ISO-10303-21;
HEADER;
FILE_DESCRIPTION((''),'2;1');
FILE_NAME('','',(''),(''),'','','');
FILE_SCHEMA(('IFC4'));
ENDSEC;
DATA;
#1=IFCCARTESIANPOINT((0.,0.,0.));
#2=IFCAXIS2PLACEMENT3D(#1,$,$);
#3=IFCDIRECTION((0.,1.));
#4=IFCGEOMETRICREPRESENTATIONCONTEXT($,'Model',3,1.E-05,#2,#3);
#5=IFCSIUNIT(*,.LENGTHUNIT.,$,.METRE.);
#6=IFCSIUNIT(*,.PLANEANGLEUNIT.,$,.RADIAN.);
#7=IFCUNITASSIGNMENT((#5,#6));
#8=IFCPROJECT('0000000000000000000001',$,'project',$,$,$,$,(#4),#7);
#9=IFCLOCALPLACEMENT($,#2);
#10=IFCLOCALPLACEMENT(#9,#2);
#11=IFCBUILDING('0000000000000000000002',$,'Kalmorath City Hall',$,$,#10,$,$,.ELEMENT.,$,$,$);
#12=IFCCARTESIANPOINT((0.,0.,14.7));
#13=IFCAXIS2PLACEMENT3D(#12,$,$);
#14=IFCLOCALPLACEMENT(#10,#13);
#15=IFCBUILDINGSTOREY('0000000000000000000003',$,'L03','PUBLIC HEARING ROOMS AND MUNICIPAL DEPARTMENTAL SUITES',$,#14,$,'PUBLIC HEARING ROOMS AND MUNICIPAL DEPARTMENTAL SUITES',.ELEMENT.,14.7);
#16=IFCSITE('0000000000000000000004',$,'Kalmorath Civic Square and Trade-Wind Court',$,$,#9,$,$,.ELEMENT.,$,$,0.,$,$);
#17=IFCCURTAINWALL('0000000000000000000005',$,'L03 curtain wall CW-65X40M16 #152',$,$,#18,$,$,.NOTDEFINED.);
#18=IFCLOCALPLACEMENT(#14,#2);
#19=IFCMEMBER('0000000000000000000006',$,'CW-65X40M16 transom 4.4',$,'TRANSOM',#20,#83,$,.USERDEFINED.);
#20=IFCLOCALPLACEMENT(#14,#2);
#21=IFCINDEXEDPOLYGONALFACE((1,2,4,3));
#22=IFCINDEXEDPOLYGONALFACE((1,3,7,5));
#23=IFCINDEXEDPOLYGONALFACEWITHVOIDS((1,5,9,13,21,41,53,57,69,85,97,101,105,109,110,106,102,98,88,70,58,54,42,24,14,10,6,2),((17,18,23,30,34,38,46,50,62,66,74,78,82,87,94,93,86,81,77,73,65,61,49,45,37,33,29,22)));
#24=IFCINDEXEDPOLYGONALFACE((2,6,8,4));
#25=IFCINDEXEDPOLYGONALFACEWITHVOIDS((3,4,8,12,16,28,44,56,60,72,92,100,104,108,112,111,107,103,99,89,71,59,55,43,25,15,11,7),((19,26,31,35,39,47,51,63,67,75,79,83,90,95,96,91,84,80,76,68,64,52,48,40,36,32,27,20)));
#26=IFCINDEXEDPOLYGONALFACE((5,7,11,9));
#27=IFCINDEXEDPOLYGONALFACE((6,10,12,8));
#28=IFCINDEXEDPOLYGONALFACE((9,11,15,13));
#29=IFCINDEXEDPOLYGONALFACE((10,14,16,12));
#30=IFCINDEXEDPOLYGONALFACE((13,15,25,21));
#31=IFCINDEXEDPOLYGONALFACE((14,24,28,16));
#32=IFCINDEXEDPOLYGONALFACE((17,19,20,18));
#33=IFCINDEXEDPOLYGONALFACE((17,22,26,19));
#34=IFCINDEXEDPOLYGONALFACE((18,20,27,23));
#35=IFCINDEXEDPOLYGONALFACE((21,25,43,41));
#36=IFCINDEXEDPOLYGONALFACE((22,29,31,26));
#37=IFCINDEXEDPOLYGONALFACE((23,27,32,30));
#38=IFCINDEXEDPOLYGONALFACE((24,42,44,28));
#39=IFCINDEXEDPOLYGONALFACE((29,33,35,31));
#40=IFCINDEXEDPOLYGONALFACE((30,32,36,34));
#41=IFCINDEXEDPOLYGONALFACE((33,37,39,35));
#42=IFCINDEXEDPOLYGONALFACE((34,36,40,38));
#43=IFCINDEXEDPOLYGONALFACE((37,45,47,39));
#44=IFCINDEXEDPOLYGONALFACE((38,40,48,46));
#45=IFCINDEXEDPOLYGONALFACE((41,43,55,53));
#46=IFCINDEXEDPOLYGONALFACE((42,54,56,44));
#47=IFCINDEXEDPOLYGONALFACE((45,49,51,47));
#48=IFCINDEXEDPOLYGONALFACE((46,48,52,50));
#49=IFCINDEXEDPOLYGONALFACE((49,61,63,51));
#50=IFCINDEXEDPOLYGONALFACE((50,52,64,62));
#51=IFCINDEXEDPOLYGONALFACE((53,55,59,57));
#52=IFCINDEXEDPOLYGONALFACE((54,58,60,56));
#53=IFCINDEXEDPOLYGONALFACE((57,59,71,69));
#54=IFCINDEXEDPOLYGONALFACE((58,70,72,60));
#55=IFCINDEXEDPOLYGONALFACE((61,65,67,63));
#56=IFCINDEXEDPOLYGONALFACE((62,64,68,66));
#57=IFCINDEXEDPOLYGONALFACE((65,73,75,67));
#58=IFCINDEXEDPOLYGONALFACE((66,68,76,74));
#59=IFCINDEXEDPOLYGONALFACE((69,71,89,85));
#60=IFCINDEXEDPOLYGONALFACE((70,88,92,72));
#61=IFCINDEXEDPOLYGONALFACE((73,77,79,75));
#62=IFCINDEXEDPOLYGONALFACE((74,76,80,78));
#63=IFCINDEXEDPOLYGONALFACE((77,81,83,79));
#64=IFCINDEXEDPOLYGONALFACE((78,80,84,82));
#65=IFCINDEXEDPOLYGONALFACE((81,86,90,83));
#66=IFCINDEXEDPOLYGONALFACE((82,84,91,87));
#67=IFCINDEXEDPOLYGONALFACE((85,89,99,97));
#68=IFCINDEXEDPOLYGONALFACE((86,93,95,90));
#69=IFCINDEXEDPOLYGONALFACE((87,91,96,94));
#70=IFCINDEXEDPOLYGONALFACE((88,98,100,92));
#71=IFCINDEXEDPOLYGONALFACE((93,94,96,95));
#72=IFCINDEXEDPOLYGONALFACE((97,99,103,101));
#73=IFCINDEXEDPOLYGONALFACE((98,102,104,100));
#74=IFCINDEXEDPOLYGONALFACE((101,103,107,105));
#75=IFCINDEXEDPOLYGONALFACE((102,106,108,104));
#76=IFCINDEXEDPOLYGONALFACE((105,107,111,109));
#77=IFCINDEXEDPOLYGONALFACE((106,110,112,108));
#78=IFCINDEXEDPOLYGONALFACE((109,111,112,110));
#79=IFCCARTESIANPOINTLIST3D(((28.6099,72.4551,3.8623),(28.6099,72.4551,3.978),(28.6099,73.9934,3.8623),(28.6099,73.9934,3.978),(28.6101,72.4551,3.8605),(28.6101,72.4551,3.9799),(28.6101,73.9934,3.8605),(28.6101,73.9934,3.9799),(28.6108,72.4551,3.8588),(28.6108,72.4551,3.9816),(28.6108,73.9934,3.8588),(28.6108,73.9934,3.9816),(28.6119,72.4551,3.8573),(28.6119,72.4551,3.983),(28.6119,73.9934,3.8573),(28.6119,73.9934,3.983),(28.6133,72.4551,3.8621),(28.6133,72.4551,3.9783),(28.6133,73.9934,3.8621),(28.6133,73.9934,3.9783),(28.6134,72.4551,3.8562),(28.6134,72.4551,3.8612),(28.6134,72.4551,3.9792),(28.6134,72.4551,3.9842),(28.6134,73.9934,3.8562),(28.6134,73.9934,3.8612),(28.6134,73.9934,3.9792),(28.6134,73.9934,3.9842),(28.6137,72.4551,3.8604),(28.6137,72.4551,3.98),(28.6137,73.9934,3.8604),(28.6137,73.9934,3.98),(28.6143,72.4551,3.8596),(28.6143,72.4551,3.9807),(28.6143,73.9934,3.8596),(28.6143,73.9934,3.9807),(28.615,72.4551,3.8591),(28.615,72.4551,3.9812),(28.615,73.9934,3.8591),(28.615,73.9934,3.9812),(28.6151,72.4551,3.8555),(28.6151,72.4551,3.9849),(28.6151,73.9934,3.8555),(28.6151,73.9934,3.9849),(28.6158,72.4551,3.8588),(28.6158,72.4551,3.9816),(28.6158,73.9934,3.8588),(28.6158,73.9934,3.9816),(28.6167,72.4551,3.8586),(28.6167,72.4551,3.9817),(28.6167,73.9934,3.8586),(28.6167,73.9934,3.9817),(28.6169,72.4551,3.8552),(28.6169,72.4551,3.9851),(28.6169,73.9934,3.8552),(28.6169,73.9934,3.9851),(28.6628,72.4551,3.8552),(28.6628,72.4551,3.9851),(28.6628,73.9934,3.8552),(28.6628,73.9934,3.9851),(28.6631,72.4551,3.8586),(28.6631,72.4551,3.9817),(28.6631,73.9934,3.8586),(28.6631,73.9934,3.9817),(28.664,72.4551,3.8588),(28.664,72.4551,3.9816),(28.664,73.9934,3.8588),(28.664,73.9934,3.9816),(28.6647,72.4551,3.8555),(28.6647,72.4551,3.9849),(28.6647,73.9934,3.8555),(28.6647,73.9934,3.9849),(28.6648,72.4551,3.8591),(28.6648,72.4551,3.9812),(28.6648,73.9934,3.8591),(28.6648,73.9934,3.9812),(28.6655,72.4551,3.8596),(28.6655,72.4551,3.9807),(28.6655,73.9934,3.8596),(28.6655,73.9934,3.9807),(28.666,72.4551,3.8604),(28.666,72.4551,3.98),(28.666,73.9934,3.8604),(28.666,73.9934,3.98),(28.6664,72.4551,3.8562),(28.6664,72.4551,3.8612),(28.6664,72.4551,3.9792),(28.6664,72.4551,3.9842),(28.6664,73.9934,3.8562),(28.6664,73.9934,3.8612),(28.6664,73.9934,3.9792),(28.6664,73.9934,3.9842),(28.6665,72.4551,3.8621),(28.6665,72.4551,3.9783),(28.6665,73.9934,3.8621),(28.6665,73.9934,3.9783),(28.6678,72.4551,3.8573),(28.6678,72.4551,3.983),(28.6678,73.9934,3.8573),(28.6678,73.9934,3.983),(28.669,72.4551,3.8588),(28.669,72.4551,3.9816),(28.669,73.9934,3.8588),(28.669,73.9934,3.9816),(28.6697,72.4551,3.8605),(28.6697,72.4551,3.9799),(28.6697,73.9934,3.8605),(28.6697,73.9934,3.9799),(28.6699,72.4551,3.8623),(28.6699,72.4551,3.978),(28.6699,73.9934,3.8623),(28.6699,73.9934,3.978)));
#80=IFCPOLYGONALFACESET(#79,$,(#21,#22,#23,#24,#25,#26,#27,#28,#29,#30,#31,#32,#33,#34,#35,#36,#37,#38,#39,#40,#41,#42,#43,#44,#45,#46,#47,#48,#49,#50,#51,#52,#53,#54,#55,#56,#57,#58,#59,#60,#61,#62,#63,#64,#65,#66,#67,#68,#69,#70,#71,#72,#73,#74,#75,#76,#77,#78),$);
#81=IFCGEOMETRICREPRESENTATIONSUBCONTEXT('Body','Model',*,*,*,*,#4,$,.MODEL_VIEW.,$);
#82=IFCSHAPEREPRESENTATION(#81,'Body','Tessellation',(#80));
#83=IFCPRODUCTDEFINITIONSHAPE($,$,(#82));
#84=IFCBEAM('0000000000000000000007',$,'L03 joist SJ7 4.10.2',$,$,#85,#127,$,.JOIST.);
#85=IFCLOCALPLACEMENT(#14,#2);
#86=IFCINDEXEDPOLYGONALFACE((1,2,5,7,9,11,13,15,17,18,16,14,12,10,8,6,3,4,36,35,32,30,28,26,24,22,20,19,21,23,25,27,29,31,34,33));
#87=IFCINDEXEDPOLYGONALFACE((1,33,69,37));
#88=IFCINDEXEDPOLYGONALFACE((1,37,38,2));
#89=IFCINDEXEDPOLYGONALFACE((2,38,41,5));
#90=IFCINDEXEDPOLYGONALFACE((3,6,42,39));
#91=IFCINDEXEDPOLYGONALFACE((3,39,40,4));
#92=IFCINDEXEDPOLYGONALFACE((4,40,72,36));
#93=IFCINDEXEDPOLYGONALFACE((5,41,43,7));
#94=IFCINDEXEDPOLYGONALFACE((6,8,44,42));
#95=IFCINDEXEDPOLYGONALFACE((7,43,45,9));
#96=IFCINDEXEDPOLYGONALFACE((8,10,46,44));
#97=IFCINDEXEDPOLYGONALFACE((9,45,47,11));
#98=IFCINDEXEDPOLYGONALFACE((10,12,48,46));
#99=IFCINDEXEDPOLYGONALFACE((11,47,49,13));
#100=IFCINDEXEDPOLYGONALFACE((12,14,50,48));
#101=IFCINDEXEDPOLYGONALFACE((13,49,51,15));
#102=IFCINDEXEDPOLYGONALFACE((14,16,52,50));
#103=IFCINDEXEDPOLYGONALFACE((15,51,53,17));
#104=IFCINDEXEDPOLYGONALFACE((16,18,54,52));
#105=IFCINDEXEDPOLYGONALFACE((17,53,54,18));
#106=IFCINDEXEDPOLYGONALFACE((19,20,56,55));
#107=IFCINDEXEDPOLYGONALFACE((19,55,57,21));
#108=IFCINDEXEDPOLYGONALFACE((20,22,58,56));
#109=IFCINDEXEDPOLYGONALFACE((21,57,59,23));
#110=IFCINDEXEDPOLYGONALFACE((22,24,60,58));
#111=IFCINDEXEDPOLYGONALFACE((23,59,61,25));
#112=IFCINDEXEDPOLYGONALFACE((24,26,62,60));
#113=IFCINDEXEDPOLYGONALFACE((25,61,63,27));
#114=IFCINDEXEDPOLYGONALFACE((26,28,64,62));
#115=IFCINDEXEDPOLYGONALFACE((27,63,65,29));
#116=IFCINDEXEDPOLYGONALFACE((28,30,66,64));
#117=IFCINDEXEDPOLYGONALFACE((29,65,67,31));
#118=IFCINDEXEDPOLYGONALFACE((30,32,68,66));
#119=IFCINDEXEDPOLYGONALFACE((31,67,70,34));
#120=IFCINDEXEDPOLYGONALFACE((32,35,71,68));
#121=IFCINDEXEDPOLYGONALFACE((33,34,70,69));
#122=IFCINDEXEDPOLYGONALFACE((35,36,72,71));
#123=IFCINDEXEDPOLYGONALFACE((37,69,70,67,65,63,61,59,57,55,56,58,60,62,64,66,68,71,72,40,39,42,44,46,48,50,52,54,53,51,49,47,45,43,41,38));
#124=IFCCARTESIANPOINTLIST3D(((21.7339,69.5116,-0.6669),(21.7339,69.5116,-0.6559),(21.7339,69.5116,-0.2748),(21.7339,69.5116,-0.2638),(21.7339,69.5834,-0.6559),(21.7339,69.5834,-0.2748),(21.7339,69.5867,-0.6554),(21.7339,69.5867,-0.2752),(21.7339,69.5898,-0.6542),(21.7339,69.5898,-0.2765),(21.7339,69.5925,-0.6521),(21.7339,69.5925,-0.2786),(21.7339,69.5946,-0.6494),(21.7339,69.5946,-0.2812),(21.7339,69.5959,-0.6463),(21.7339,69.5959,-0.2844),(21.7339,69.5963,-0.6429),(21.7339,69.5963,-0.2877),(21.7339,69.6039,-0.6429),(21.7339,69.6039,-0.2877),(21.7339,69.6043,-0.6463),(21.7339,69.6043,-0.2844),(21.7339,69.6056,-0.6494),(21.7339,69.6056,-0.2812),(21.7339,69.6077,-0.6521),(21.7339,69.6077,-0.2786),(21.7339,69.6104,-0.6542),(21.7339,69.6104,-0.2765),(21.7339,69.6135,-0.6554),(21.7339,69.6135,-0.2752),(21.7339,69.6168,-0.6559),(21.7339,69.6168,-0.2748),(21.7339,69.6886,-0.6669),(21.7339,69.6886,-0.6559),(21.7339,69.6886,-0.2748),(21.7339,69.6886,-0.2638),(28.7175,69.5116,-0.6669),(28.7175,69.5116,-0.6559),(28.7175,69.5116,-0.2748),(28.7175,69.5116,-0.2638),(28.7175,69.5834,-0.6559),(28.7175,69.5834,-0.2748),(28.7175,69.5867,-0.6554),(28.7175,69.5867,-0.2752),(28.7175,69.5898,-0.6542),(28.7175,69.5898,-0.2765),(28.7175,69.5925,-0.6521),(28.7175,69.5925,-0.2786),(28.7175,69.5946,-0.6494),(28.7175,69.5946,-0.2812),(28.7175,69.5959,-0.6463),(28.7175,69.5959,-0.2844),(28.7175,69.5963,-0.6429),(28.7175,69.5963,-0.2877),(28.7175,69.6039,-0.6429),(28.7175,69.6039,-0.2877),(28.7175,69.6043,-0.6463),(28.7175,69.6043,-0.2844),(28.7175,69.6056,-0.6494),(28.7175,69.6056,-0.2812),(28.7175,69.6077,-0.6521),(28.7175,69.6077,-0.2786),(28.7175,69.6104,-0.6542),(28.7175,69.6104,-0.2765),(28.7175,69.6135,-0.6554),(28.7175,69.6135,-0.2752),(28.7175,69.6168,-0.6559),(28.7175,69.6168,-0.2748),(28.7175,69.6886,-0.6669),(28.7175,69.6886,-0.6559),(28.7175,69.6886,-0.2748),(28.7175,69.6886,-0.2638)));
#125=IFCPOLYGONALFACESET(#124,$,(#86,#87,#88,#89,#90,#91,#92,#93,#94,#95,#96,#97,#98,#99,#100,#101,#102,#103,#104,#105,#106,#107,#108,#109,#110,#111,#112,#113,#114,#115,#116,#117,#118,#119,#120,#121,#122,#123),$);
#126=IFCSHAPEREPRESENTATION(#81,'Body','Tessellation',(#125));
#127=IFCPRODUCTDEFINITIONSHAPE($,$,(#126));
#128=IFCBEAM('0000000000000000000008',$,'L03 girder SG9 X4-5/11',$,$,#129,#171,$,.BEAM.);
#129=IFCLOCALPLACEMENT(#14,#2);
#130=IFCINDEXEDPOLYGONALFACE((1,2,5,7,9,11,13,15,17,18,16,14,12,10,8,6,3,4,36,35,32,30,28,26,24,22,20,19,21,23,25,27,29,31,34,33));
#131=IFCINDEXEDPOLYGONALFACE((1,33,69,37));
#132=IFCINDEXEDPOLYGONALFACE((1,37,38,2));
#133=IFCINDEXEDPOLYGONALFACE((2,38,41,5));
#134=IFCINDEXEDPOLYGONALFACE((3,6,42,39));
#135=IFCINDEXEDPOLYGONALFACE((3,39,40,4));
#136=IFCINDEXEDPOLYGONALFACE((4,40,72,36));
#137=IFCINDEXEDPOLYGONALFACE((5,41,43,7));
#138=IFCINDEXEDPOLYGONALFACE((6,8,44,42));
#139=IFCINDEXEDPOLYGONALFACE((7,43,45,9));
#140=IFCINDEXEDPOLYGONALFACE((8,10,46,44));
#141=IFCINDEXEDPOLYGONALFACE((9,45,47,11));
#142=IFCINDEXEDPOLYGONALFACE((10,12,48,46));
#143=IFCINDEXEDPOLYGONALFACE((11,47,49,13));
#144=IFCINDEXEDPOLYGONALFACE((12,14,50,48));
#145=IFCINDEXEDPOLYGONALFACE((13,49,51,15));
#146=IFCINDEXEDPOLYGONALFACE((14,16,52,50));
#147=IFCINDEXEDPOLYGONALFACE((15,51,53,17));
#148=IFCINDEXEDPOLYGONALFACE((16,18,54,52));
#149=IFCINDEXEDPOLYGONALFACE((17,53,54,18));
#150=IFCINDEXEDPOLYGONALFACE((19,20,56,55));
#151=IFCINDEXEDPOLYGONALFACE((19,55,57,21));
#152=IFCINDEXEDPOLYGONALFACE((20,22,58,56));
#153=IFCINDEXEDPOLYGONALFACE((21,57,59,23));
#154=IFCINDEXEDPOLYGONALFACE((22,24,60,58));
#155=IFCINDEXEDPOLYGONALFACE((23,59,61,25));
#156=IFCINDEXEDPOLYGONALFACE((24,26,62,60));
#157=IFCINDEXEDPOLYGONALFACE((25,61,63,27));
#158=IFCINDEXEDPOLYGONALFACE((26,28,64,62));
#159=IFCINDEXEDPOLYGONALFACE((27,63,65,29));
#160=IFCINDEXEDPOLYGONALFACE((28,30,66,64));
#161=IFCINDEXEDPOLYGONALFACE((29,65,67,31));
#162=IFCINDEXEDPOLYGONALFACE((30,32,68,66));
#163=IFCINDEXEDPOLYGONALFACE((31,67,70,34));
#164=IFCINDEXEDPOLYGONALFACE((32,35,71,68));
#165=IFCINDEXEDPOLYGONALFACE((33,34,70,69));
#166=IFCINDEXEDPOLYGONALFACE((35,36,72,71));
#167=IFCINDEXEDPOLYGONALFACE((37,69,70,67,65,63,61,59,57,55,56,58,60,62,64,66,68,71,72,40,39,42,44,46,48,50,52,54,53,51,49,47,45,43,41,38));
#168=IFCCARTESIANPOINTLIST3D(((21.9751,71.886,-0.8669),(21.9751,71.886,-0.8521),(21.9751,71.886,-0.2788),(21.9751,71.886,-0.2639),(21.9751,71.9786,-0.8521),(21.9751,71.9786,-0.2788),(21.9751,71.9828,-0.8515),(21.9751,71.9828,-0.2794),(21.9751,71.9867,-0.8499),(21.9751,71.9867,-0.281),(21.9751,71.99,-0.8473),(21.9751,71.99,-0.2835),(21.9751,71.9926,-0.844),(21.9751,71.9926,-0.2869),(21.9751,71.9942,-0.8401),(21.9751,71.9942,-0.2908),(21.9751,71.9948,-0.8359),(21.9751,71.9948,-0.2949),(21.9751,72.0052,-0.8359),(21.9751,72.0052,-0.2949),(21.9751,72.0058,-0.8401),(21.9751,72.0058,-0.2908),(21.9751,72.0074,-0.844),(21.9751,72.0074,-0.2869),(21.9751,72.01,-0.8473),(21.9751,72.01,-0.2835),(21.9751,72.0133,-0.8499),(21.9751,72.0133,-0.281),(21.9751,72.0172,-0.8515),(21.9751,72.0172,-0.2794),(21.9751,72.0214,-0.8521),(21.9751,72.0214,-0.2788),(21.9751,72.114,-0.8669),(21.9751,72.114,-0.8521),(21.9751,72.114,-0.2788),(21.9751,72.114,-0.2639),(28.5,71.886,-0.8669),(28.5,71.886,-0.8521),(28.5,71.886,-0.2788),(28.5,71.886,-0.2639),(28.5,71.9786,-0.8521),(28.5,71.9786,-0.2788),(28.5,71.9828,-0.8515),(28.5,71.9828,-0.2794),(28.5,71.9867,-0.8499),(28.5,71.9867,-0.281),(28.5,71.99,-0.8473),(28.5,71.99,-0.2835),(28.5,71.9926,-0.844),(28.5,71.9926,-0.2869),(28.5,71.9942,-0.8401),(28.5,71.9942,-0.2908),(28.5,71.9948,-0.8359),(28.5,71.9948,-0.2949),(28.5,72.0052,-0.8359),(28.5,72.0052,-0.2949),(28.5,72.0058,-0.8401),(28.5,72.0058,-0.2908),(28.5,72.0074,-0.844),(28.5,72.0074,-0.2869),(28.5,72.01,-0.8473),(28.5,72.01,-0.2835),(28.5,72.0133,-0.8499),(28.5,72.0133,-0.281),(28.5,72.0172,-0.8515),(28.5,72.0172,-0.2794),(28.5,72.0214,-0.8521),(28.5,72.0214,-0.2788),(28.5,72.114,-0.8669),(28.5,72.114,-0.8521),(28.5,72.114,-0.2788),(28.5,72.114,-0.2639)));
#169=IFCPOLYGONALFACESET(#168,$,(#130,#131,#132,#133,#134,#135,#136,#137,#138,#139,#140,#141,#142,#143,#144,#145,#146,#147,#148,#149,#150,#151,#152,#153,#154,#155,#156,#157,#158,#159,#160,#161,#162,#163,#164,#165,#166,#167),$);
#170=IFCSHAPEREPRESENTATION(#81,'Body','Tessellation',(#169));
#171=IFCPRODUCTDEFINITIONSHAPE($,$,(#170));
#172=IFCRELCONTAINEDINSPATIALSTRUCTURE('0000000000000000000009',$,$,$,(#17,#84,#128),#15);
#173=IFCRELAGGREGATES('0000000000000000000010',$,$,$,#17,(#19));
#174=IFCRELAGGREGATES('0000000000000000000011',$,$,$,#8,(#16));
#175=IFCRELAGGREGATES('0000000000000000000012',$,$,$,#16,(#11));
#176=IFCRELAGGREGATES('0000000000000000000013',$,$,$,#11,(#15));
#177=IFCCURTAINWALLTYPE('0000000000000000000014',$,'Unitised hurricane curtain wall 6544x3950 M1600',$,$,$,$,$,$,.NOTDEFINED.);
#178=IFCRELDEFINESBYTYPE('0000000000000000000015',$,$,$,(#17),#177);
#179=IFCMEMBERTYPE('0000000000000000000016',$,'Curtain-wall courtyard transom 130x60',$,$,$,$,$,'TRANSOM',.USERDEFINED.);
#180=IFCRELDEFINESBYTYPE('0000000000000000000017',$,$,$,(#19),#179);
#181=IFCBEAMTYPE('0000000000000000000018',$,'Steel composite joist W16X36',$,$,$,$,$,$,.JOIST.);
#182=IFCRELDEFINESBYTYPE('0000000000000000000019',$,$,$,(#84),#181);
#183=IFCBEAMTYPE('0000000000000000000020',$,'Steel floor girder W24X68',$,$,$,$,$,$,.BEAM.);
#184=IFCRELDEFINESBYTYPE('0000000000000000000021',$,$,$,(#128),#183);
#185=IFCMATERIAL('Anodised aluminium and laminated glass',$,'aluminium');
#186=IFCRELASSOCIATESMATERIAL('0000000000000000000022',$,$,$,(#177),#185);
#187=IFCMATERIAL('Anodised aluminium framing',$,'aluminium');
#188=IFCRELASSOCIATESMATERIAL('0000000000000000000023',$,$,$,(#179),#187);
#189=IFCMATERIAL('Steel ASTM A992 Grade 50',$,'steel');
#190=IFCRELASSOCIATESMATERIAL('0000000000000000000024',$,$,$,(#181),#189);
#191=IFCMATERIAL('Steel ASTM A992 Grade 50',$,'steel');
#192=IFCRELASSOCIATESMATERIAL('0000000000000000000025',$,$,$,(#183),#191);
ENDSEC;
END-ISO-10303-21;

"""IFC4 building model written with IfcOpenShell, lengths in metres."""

from ifc_helpers import new_model, si_unit, direction, frame, origin, origin_2d, place, context, subcontext, project, spatial, hollow_rectangle, i_section, extrude, material, material_profile, profile_set, type_object, element, aggregate, save


model = new_model("IFC4")

# Units and contexts
model_context = context("Model", 3, precision=1e-05, world=origin(), true_north=direction((0.0, 1.0)))
body_context = subcontext(model_context, "Body", "Model", "MODEL_VIEW")
ifc_project = project(units=[si_unit("LENGTHUNIT", "METRE"), si_unit("PLANEANGLEUNIT", "RADIAN")], contexts=[model_context])

# Site, building, storey
site_placement = place(None, origin())
site = spatial("IfcSite", under=ifc_project, at=site_placement, Name="Kalmorath Civic Square and Trade-Wind Court", CompositionType="ELEMENT", RefElevation=0.0)
building_placement = place(site_placement, origin())
building = spatial("IfcBuilding", under=site, at=building_placement, Name="Kalmorath City Hall", CompositionType="ELEMENT")
storey_placement = place(building_placement, frame((0.0, 0.0, 14.7)))
storey = spatial("IfcBuildingStorey", under=building, at=storey_placement, Name="L03", Description="PUBLIC HEARING ROOMS AND MUNICIPAL DEPARTMENTAL SUITES", LongName="PUBLIC HEARING ROOMS AND MUNICIPAL DEPARTMENTAL SUITES", CompositionType="ELEMENT", Elevation=14.7)

# Curtain wall, member
ifc_material_1 = material(Name="Anodised aluminium and laminated glass", Category="aluminium")
curtain_wall_type = type_object("IfcCurtainWallType", Name="Unitised hurricane curtain wall 6544x3950 M1600", PredefinedType="NOTDEFINED", material=ifc_material_1)
curtain_wall_placement = place(storey_placement, origin())
curtain_wall = element("IfcCurtainWall", 1, at=curtain_wall_placement, inside=storey, type_object=curtain_wall_type, Name="L03 curtain wall CW-65X40M16 #152", PredefinedType="NOTDEFINED")
ifc_material_2 = material(Name="Anodised aluminium framing", Category="aluminium")
ifc_material_profile_1 = material_profile(ifc_material_2, hollow_rectangle(XDim=0.0601, YDim=0.1299, WallThickness=0.0034, InnerFilletRadius=0.0034, OuterFilletRadius=0.0071, at=origin_2d()), Name="ALU-TRN-130X60X3.5")
ifc_profile_set_1 = profile_set([ifc_material_profile_1], Name="Anodised aluminium framing")
member_type_1 = type_object("IfcMemberType", Name="Curtain-wall courtyard transom 130x60", ElementType="TRANSOM", PredefinedType="USERDEFINED", material=ifc_profile_set_1)
member_1_placement = place(storey_placement, frame((28.6399, 73.9934, 3.9202), z_axis=(0.0, -1.0, 0.0), x_axis=(1.0, 0.0, 0.0)))
member_1 = element("IfcMember", 2, at=member_1_placement, type_object=member_type_1, Name="CW-65X40M16 transom 4.4", ObjectType="TRANSOM", PredefinedType="USERDEFINED", context=body_context, shape_type="SweptSolid", body=[
    extrude(hollow_rectangle(XDim=0.0601, YDim=0.1299, WallThickness=0.0034, InnerFilletRadius=0.0034, OuterFilletRadius=0.0071, at=origin_2d()), origin(), (0.0, 0.0, 1.0), 1.5383),
])

# Beams
ifc_material_3 = material(Name="Steel ASTM A992 Grade 50", Category="steel")
ifc_material_profile_2 = material_profile(ifc_material_3, i_section(OverallWidth=0.177, OverallDepth=0.4031, WebThickness=0.0076, FlangeThickness=0.011, FilletRadius=0.0129, at=origin_2d()), Name="W16X36")
ifc_profile_set_2 = profile_set([ifc_material_profile_2], Name="Steel ASTM A992 Grade 50")
beam_type_1 = type_object("IfcBeamType", Name="Steel composite joist W16X36", PredefinedType="JOIST", material=ifc_profile_set_2)
beam_1_placement = place(storey_placement, frame((21.7339, 69.6001, -0.4653), z_axis=(1.0, 0.0, 0.0), x_axis=(0.0, 1.0, 0.0)))
element("IfcBeam", 3, at=beam_1_placement, inside=storey, type_object=beam_type_1, Name="L03 joist SJ7 4.10.2", PredefinedType="JOIST", context=body_context, shape_type="SweptSolid", body=[
    extrude(i_section(OverallWidth=0.177, OverallDepth=0.4031, WebThickness=0.0076, FlangeThickness=0.011, FilletRadius=0.0129, at=origin_2d()), origin(), (0.0, 0.0, 1.0), 6.9836),
])
ifc_material_4 = material(Name="Steel ASTM A992 Grade 50", Category="steel")
ifc_material_profile_3 = material_profile(ifc_material_4, i_section(OverallWidth=0.228, OverallDepth=0.603, WebThickness=0.0105, FlangeThickness=0.0149, FilletRadius=0.0161, at=origin_2d()), Name="W24X68")
ifc_profile_set_3 = profile_set([ifc_material_profile_3], Name="Steel ASTM A992 Grade 50")
beam_type_2 = type_object("IfcBeamType", Name="Steel floor girder W24X68", PredefinedType="BEAM", material=ifc_profile_set_3)
beam_2_placement = place(storey_placement, frame((21.9751, 72.0, -0.5654), z_axis=(1.0, 0.0, 0.0), x_axis=(0.0, 1.0, 0.0)))
element("IfcBeam", 4, at=beam_2_placement, inside=storey, type_object=beam_type_2, Name="L03 girder SG9 X4-5/11", PredefinedType="BEAM", context=body_context, shape_type="SweptSolid", body=[
    extrude(i_section(OverallWidth=0.228, OverallDepth=0.603, WebThickness=0.0105, FlangeThickness=0.0149, FilletRadius=0.0161, at=origin_2d()), origin(), (0.0, 0.0, 1.0), 6.5249),
])

aggregate(curtain_wall, [member_1])

save(model, "model.ifc")
